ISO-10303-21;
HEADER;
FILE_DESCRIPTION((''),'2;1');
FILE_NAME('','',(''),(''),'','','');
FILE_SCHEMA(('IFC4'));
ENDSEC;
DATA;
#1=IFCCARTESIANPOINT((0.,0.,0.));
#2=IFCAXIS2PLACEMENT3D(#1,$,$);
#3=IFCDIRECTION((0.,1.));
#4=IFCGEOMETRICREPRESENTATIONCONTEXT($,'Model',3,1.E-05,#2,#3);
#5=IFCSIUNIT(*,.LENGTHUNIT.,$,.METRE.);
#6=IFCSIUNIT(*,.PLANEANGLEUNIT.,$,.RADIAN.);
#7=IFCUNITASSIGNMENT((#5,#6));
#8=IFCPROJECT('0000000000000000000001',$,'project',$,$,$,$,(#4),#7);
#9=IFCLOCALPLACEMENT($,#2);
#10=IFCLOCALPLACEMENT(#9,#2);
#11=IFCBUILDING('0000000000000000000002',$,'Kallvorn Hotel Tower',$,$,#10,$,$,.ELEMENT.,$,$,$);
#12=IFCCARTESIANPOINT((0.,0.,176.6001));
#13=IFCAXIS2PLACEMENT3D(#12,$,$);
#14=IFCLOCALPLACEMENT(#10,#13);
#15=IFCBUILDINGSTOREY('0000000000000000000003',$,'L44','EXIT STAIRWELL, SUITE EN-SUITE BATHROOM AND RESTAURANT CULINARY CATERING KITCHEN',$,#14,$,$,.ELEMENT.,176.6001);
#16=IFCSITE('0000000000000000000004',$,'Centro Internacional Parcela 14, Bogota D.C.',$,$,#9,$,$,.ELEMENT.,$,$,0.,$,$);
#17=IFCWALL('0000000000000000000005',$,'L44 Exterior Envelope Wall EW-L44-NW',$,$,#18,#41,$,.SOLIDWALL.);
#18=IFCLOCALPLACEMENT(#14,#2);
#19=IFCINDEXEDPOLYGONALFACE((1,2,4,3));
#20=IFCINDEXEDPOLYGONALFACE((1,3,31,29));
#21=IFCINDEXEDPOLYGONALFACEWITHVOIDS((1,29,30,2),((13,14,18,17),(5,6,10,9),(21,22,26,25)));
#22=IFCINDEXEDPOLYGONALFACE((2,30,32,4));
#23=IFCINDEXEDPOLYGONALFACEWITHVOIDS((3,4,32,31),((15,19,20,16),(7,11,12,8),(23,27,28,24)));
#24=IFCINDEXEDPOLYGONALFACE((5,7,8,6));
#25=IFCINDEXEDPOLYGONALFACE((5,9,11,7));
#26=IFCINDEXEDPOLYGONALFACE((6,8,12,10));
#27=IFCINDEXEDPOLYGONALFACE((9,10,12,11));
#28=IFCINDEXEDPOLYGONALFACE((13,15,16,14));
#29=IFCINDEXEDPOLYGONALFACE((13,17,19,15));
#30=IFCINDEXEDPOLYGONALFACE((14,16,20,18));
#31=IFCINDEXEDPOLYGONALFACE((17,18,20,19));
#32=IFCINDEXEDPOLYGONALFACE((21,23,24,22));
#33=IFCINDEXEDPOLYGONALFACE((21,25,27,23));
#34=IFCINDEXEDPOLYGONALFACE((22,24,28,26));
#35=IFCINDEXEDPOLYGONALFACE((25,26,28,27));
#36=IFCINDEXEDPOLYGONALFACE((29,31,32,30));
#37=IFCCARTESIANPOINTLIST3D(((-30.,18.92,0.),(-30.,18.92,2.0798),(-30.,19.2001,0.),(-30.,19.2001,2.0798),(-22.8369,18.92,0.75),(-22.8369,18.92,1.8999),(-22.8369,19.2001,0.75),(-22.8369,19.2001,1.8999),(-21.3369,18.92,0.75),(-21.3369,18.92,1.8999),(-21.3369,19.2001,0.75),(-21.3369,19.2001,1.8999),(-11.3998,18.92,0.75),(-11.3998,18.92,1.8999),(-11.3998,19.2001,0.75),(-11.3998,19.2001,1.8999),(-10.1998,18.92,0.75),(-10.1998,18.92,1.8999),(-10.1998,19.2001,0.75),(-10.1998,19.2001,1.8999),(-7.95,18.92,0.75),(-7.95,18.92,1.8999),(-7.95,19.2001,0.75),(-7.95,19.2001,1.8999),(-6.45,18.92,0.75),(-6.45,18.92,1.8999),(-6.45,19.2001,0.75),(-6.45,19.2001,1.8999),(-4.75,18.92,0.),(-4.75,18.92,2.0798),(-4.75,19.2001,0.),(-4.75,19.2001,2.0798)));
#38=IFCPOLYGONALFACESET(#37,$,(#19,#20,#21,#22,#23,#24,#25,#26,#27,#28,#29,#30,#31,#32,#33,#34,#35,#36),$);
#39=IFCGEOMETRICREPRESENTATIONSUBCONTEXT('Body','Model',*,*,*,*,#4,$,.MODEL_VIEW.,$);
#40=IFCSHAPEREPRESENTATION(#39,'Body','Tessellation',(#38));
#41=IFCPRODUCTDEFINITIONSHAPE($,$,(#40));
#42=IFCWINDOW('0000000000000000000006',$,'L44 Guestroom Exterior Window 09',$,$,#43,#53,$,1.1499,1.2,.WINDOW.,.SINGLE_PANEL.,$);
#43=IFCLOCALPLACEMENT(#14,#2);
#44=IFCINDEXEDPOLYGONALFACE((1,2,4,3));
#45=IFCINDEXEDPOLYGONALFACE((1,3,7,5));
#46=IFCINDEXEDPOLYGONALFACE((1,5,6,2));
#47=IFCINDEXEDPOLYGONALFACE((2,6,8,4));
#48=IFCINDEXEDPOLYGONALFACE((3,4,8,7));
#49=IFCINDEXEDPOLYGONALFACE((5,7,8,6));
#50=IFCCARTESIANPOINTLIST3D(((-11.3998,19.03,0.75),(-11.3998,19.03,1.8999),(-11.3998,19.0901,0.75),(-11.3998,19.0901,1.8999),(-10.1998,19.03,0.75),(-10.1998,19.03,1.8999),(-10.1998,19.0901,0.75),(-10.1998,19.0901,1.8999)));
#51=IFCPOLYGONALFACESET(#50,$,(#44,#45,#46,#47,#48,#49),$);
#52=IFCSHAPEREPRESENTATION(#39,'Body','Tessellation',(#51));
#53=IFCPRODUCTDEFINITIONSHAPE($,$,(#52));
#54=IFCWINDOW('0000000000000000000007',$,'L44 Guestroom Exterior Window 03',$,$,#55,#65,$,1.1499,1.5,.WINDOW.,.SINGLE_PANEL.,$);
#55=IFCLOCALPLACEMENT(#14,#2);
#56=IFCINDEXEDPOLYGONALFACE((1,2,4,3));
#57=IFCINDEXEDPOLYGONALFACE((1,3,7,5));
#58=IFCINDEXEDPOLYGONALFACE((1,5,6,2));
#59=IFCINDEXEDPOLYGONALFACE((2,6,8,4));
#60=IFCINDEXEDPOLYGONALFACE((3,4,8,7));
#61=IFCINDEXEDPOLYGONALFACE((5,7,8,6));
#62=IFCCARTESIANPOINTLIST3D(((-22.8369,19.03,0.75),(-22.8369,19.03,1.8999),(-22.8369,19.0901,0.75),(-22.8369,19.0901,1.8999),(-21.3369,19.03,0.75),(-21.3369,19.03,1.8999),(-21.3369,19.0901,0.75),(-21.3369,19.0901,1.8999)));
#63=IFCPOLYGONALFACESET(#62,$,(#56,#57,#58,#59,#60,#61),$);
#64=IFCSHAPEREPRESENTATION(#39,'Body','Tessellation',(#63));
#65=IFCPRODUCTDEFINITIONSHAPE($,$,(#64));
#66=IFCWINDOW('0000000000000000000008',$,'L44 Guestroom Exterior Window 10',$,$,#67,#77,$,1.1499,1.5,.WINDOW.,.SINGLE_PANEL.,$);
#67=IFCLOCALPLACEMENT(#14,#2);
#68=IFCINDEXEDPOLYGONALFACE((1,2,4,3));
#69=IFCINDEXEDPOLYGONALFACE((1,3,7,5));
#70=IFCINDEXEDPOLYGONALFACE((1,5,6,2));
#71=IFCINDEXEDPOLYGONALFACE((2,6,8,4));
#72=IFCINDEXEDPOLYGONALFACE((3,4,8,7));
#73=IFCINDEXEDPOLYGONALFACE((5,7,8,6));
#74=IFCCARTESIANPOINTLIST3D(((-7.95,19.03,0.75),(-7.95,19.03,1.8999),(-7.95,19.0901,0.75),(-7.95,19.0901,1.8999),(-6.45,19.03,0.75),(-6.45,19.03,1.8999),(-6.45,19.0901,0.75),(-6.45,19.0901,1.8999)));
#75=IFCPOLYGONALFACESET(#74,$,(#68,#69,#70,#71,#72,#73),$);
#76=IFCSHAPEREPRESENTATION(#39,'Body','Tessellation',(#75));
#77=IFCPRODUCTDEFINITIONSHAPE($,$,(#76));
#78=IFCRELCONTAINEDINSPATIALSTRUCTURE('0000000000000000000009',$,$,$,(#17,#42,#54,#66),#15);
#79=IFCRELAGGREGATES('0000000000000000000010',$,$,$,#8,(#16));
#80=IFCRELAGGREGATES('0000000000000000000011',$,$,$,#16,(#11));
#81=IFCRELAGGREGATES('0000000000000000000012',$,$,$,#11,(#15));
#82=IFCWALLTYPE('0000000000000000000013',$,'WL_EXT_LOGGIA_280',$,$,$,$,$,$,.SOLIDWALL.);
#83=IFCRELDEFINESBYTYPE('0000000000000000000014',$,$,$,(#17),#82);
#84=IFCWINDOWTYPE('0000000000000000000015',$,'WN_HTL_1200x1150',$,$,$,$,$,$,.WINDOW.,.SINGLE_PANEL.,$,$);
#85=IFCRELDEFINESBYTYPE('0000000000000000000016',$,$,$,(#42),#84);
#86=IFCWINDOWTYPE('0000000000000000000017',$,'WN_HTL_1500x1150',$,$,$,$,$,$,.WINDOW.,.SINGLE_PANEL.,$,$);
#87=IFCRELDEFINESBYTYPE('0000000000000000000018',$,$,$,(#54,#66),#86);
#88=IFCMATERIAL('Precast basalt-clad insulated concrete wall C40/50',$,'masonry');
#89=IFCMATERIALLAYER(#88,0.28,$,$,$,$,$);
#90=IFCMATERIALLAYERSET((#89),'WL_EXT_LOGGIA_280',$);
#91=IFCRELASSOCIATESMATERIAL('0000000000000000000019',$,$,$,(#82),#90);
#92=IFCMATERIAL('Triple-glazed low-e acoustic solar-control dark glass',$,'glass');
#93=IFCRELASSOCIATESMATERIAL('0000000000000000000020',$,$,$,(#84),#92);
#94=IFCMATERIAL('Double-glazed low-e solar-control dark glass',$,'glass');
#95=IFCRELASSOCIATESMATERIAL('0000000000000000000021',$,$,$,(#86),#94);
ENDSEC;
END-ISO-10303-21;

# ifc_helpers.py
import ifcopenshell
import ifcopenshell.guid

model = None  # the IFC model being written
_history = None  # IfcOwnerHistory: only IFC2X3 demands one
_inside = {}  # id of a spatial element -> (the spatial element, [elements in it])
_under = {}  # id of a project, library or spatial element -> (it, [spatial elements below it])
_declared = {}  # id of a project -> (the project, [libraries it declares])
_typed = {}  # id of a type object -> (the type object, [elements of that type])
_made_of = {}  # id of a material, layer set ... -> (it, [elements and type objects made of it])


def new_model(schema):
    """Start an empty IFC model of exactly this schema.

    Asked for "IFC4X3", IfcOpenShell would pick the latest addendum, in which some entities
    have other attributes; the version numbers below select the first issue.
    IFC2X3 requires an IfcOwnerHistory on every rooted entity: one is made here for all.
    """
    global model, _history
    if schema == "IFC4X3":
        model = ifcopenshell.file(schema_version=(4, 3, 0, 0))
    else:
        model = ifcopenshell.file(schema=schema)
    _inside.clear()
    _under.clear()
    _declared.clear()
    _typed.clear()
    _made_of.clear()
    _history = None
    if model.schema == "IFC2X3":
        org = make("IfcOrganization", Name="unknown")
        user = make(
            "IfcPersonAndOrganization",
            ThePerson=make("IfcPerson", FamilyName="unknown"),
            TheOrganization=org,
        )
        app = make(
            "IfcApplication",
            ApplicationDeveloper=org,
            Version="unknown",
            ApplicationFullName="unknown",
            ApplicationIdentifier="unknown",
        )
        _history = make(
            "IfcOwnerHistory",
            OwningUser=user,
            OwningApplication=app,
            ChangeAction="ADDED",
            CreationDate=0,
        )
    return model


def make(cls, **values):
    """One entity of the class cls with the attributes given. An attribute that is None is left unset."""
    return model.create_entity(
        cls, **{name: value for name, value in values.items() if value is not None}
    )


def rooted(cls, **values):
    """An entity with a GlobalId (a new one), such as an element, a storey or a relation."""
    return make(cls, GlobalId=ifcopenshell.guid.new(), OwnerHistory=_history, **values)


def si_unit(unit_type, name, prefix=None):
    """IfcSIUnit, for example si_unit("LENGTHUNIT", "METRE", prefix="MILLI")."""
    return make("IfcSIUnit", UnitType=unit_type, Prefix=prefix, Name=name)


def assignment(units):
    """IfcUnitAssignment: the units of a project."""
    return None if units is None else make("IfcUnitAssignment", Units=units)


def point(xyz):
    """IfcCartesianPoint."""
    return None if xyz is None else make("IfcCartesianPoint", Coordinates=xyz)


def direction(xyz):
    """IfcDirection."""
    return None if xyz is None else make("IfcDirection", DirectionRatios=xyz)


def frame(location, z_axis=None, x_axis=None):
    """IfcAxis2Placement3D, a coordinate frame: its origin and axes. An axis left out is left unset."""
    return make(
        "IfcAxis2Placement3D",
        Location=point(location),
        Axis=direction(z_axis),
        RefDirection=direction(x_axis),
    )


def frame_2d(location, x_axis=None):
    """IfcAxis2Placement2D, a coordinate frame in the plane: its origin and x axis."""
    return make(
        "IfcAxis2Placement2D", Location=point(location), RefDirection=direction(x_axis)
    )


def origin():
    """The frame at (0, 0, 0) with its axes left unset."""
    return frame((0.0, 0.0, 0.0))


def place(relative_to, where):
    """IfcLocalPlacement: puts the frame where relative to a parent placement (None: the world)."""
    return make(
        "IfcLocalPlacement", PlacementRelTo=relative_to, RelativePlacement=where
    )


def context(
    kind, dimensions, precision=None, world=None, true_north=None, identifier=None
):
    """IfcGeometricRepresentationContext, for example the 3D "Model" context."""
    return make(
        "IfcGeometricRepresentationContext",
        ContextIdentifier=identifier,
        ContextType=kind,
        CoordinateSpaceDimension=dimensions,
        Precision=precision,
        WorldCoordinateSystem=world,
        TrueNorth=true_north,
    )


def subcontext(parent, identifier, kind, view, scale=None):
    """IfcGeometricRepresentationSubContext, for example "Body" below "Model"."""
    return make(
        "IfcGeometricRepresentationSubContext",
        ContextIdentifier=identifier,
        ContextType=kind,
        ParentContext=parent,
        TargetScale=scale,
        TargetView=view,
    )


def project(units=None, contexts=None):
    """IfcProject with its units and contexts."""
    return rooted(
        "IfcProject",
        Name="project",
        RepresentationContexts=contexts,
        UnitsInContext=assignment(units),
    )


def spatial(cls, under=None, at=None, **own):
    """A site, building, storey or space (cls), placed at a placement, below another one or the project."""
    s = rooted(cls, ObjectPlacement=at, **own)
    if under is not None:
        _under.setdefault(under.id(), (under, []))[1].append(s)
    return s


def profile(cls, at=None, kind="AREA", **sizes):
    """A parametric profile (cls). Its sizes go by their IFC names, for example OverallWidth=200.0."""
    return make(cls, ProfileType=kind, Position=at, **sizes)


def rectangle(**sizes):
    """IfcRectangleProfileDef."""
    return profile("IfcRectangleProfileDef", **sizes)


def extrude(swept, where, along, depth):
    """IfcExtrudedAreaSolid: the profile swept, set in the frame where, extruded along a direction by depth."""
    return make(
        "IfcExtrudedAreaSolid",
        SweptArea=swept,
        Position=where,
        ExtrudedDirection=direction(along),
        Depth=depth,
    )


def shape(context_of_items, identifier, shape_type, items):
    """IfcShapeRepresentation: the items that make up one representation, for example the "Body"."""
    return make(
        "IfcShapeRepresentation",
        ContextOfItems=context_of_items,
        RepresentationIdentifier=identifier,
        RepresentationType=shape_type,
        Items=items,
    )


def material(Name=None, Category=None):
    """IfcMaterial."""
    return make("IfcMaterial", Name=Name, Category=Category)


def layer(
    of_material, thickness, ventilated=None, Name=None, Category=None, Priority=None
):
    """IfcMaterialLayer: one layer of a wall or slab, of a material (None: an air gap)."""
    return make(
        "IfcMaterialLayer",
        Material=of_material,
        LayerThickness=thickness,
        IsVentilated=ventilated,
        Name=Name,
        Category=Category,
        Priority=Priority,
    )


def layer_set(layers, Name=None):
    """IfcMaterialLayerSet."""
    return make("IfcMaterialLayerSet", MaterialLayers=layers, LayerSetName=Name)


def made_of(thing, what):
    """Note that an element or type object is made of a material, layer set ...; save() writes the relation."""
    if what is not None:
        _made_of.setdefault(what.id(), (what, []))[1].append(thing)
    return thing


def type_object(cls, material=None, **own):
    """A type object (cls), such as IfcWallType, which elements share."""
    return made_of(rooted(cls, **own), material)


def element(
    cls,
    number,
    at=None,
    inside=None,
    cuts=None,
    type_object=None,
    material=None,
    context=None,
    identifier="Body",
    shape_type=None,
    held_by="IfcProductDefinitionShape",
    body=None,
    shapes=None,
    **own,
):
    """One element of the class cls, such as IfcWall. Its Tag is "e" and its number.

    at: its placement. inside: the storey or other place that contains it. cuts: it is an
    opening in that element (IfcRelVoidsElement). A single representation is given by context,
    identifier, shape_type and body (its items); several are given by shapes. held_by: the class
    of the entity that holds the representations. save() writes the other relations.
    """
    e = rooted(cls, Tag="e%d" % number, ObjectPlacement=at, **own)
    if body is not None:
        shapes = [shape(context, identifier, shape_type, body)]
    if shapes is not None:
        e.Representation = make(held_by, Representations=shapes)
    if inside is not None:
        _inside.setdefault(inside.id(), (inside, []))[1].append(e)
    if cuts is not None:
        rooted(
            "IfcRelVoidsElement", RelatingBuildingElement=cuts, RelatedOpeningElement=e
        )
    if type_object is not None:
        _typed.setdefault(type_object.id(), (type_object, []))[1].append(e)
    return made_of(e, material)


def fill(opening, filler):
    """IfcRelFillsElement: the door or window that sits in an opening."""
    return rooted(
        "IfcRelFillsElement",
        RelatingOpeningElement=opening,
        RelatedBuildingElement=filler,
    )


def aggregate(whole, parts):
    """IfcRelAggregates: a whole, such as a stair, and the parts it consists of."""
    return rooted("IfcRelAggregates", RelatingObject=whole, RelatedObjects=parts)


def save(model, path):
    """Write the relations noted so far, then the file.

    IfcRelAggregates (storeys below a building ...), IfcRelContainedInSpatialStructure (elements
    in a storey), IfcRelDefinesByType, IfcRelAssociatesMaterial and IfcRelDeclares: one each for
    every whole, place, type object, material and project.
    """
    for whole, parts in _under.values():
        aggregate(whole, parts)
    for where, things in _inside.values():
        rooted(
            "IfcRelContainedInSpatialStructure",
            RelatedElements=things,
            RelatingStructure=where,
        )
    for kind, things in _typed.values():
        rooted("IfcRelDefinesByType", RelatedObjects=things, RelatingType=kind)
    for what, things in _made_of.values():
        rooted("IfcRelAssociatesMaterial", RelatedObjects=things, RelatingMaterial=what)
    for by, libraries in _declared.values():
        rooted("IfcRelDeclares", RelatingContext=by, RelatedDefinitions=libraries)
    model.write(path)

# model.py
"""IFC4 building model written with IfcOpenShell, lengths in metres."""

from ifc_helpers import new_model, si_unit, direction, frame, frame_2d, origin, place, context, subcontext, project, spatial, rectangle, extrude, material, layer, layer_set, type_object, element, fill, save


model = new_model("IFC4")

# Units and contexts
model_context = context("Model", 3, precision=1e-05, world=origin(), true_north=direction((0.0, 1.0)))
body_context = subcontext(model_context, "Body", "Model", "MODEL_VIEW")
ifc_project = project(units=[si_unit("LENGTHUNIT", "METRE"), si_unit("PLANEANGLEUNIT", "RADIAN")], contexts=[model_context])

# Site, building, storey
site_placement = place(None, origin())
site = spatial("IfcSite", under=ifc_project, at=site_placement, Name="Centro Internacional Parcela 14, Bogota D.C.", CompositionType="ELEMENT", RefElevation=0.0)
building_placement = place(site_placement, origin())
building = spatial("IfcBuilding", under=site, at=building_placement, Name="Kallvorn Hotel Tower", CompositionType="ELEMENT")
storey_placement = place(building_placement, frame((0.0, 0.0, 176.6001)))
storey = spatial("IfcBuildingStorey", under=building, at=storey_placement, Name="L44", Description="EXIT STAIRWELL, SUITE EN-SUITE BATHROOM AND RESTAURANT CULINARY CATERING KITCHEN", CompositionType="ELEMENT", Elevation=176.6001)

# Shared definitions
ifc_material_1 = material(Name="Precast basalt-clad insulated concrete wall C40/50", Category="masonry")
ifc_layer_1 = layer(ifc_material_1, 0.28)
ifc_layer_set_1 = layer_set([ifc_layer_1], Name="WL_EXT_LOGGIA_280")
wall_type = type_object("IfcWallType", Name="WL_EXT_LOGGIA_280", PredefinedType="SOLIDWALL", material=ifc_layer_set_1)

# Wall, openings, windows
wall_1_placement = place(storey_placement, frame((-30.0, 19.0601, 0.0), z_axis=(0.0, 0.0, 1.0), x_axis=(1.0, 0.0, 0.0)))
wall_1 = element("IfcWall", 1, at=wall_1_placement, inside=storey, type_object=wall_type, Name="L44 Exterior Envelope Wall EW-L44-NW", PredefinedType="SOLIDWALL", context=body_context, shape_type="SweptSolid", body=[
    extrude(rectangle(XDim=25.25, YDim=0.28, at=frame_2d((12.625, 0.0))), origin(), (0.0, 0.0, 1.0), 2.0798),
])
opening_1_placement = place(wall_1_placement, frame((7.1631, 0.0, 0.75)))
opening_1 = element("IfcOpeningElement", 2, at=opening_1_placement, cuts=wall_1, PredefinedType="OPENING", context=body_context, shape_type="SweptSolid", body=[
    extrude(rectangle(XDim=1.5, YDim=1.1499, at=frame_2d((0.75, 0.575))), frame((0.0, 0.155, 0.0), z_axis=(0.0, -1.0, 0.0), x_axis=(1.0, 0.0, 0.0)), (0.0, 0.0, 1.0), 0.3101),
])
opening_2_placement = place(wall_1_placement, frame((18.6001, 0.0, 0.75)))
opening_2 = element("IfcOpeningElement", 3, at=opening_2_placement, cuts=wall_1, PredefinedType="OPENING", context=body_context, shape_type="SweptSolid", body=[
    extrude(rectangle(XDim=1.2, YDim=1.1499, at=frame_2d((0.6001, 0.575))), frame((0.0, 0.155, 0.0), z_axis=(0.0, -1.0, 0.0), x_axis=(1.0, 0.0, 0.0)), (0.0, 0.0, 1.0), 0.3101),
])
opening_3_placement = place(wall_1_placement, frame((22.05, 0.0, 0.75)))
opening_3 = element("IfcOpeningElement", 4, at=opening_3_placement, cuts=wall_1, PredefinedType="OPENING", context=body_context, shape_type="SweptSolid", body=[
    extrude(rectangle(XDim=1.5, YDim=1.1499, at=frame_2d((0.75, 0.575))), frame((0.0, 0.155, 0.0), z_axis=(0.0, -1.0, 0.0), x_axis=(1.0, 0.0, 0.0)), (0.0, 0.0, 1.0), 0.3101),
])
ifc_material_2 = material(Name="Triple-glazed low-e acoustic solar-control dark glass", Category="glass")
window_type_1 = type_object("IfcWindowType", Name="WN_HTL_1200x1150", PartitioningType="SINGLE_PANEL", PredefinedType="WINDOW", material=ifc_material_2)
window_1_placement = place(opening_2_placement, origin())
window_1 = element("IfcWindow", 5, at=window_1_placement, inside=storey, type_object=window_type_1, Name="L44 Guestroom Exterior Window 09", OverallHeight=1.1499, OverallWidth=1.2, PartitioningType="SINGLE_PANEL", PredefinedType="WINDOW", context=body_context, shape_type="SweptSolid", body=[
    extrude(rectangle(XDim=1.2, YDim=1.1499, at=frame_2d((0.6001, 0.575))), frame((0.0, 0.03, 0.0), z_axis=(0.0, -1.0, 0.0), x_axis=(1.0, 0.0, 0.0)), (0.0, 0.0, 1.0), 0.0601),
])
fill(opening_2, window_1)
ifc_material_3 = material(Name="Double-glazed low-e solar-control dark glass", Category="glass")
window_type_2 = type_object("IfcWindowType", Name="WN_HTL_1500x1150", PartitioningType="SINGLE_PANEL", PredefinedType="WINDOW", material=ifc_material_3)
window_2_placement = place(opening_1_placement, origin())
window_2 = element("IfcWindow", 6, at=window_2_placement, inside=storey, type_object=window_type_2, Name="L44 Guestroom Exterior Window 03", OverallHeight=1.1499, OverallWidth=1.5, PartitioningType="SINGLE_PANEL", PredefinedType="WINDOW", context=body_context, shape_type="SweptSolid", body=[
    extrude(rectangle(XDim=1.5, YDim=1.1499, at=frame_2d((0.75, 0.575))), frame((0.0, 0.03, 0.0), z_axis=(0.0, -1.0, 0.0), x_axis=(1.0, 0.0, 0.0)), (0.0, 0.0, 1.0), 0.0601),
])
fill(opening_1, window_2)
window_3_placement = place(opening_3_placement, origin())
window_3 = element("IfcWindow", 7, at=window_3_placement, inside=storey, type_object=window_type_2, Name="L44 Guestroom Exterior Window 10", OverallHeight=1.1499, OverallWidth=1.5, PartitioningType="SINGLE_PANEL", PredefinedType="WINDOW", context=body_context, shape_type="SweptSolid", body=[
    extrude(rectangle(XDim=1.5, YDim=1.1499, at=frame_2d((0.75, 0.575))), frame((0.0, 0.03, 0.0), z_axis=(0.0, -1.0, 0.0), x_axis=(1.0, 0.0, 0.0)), (0.0, 0.0, 1.0), 0.0601),
])
fill(opening_3, window_3)

save(model, "model.ifc")
